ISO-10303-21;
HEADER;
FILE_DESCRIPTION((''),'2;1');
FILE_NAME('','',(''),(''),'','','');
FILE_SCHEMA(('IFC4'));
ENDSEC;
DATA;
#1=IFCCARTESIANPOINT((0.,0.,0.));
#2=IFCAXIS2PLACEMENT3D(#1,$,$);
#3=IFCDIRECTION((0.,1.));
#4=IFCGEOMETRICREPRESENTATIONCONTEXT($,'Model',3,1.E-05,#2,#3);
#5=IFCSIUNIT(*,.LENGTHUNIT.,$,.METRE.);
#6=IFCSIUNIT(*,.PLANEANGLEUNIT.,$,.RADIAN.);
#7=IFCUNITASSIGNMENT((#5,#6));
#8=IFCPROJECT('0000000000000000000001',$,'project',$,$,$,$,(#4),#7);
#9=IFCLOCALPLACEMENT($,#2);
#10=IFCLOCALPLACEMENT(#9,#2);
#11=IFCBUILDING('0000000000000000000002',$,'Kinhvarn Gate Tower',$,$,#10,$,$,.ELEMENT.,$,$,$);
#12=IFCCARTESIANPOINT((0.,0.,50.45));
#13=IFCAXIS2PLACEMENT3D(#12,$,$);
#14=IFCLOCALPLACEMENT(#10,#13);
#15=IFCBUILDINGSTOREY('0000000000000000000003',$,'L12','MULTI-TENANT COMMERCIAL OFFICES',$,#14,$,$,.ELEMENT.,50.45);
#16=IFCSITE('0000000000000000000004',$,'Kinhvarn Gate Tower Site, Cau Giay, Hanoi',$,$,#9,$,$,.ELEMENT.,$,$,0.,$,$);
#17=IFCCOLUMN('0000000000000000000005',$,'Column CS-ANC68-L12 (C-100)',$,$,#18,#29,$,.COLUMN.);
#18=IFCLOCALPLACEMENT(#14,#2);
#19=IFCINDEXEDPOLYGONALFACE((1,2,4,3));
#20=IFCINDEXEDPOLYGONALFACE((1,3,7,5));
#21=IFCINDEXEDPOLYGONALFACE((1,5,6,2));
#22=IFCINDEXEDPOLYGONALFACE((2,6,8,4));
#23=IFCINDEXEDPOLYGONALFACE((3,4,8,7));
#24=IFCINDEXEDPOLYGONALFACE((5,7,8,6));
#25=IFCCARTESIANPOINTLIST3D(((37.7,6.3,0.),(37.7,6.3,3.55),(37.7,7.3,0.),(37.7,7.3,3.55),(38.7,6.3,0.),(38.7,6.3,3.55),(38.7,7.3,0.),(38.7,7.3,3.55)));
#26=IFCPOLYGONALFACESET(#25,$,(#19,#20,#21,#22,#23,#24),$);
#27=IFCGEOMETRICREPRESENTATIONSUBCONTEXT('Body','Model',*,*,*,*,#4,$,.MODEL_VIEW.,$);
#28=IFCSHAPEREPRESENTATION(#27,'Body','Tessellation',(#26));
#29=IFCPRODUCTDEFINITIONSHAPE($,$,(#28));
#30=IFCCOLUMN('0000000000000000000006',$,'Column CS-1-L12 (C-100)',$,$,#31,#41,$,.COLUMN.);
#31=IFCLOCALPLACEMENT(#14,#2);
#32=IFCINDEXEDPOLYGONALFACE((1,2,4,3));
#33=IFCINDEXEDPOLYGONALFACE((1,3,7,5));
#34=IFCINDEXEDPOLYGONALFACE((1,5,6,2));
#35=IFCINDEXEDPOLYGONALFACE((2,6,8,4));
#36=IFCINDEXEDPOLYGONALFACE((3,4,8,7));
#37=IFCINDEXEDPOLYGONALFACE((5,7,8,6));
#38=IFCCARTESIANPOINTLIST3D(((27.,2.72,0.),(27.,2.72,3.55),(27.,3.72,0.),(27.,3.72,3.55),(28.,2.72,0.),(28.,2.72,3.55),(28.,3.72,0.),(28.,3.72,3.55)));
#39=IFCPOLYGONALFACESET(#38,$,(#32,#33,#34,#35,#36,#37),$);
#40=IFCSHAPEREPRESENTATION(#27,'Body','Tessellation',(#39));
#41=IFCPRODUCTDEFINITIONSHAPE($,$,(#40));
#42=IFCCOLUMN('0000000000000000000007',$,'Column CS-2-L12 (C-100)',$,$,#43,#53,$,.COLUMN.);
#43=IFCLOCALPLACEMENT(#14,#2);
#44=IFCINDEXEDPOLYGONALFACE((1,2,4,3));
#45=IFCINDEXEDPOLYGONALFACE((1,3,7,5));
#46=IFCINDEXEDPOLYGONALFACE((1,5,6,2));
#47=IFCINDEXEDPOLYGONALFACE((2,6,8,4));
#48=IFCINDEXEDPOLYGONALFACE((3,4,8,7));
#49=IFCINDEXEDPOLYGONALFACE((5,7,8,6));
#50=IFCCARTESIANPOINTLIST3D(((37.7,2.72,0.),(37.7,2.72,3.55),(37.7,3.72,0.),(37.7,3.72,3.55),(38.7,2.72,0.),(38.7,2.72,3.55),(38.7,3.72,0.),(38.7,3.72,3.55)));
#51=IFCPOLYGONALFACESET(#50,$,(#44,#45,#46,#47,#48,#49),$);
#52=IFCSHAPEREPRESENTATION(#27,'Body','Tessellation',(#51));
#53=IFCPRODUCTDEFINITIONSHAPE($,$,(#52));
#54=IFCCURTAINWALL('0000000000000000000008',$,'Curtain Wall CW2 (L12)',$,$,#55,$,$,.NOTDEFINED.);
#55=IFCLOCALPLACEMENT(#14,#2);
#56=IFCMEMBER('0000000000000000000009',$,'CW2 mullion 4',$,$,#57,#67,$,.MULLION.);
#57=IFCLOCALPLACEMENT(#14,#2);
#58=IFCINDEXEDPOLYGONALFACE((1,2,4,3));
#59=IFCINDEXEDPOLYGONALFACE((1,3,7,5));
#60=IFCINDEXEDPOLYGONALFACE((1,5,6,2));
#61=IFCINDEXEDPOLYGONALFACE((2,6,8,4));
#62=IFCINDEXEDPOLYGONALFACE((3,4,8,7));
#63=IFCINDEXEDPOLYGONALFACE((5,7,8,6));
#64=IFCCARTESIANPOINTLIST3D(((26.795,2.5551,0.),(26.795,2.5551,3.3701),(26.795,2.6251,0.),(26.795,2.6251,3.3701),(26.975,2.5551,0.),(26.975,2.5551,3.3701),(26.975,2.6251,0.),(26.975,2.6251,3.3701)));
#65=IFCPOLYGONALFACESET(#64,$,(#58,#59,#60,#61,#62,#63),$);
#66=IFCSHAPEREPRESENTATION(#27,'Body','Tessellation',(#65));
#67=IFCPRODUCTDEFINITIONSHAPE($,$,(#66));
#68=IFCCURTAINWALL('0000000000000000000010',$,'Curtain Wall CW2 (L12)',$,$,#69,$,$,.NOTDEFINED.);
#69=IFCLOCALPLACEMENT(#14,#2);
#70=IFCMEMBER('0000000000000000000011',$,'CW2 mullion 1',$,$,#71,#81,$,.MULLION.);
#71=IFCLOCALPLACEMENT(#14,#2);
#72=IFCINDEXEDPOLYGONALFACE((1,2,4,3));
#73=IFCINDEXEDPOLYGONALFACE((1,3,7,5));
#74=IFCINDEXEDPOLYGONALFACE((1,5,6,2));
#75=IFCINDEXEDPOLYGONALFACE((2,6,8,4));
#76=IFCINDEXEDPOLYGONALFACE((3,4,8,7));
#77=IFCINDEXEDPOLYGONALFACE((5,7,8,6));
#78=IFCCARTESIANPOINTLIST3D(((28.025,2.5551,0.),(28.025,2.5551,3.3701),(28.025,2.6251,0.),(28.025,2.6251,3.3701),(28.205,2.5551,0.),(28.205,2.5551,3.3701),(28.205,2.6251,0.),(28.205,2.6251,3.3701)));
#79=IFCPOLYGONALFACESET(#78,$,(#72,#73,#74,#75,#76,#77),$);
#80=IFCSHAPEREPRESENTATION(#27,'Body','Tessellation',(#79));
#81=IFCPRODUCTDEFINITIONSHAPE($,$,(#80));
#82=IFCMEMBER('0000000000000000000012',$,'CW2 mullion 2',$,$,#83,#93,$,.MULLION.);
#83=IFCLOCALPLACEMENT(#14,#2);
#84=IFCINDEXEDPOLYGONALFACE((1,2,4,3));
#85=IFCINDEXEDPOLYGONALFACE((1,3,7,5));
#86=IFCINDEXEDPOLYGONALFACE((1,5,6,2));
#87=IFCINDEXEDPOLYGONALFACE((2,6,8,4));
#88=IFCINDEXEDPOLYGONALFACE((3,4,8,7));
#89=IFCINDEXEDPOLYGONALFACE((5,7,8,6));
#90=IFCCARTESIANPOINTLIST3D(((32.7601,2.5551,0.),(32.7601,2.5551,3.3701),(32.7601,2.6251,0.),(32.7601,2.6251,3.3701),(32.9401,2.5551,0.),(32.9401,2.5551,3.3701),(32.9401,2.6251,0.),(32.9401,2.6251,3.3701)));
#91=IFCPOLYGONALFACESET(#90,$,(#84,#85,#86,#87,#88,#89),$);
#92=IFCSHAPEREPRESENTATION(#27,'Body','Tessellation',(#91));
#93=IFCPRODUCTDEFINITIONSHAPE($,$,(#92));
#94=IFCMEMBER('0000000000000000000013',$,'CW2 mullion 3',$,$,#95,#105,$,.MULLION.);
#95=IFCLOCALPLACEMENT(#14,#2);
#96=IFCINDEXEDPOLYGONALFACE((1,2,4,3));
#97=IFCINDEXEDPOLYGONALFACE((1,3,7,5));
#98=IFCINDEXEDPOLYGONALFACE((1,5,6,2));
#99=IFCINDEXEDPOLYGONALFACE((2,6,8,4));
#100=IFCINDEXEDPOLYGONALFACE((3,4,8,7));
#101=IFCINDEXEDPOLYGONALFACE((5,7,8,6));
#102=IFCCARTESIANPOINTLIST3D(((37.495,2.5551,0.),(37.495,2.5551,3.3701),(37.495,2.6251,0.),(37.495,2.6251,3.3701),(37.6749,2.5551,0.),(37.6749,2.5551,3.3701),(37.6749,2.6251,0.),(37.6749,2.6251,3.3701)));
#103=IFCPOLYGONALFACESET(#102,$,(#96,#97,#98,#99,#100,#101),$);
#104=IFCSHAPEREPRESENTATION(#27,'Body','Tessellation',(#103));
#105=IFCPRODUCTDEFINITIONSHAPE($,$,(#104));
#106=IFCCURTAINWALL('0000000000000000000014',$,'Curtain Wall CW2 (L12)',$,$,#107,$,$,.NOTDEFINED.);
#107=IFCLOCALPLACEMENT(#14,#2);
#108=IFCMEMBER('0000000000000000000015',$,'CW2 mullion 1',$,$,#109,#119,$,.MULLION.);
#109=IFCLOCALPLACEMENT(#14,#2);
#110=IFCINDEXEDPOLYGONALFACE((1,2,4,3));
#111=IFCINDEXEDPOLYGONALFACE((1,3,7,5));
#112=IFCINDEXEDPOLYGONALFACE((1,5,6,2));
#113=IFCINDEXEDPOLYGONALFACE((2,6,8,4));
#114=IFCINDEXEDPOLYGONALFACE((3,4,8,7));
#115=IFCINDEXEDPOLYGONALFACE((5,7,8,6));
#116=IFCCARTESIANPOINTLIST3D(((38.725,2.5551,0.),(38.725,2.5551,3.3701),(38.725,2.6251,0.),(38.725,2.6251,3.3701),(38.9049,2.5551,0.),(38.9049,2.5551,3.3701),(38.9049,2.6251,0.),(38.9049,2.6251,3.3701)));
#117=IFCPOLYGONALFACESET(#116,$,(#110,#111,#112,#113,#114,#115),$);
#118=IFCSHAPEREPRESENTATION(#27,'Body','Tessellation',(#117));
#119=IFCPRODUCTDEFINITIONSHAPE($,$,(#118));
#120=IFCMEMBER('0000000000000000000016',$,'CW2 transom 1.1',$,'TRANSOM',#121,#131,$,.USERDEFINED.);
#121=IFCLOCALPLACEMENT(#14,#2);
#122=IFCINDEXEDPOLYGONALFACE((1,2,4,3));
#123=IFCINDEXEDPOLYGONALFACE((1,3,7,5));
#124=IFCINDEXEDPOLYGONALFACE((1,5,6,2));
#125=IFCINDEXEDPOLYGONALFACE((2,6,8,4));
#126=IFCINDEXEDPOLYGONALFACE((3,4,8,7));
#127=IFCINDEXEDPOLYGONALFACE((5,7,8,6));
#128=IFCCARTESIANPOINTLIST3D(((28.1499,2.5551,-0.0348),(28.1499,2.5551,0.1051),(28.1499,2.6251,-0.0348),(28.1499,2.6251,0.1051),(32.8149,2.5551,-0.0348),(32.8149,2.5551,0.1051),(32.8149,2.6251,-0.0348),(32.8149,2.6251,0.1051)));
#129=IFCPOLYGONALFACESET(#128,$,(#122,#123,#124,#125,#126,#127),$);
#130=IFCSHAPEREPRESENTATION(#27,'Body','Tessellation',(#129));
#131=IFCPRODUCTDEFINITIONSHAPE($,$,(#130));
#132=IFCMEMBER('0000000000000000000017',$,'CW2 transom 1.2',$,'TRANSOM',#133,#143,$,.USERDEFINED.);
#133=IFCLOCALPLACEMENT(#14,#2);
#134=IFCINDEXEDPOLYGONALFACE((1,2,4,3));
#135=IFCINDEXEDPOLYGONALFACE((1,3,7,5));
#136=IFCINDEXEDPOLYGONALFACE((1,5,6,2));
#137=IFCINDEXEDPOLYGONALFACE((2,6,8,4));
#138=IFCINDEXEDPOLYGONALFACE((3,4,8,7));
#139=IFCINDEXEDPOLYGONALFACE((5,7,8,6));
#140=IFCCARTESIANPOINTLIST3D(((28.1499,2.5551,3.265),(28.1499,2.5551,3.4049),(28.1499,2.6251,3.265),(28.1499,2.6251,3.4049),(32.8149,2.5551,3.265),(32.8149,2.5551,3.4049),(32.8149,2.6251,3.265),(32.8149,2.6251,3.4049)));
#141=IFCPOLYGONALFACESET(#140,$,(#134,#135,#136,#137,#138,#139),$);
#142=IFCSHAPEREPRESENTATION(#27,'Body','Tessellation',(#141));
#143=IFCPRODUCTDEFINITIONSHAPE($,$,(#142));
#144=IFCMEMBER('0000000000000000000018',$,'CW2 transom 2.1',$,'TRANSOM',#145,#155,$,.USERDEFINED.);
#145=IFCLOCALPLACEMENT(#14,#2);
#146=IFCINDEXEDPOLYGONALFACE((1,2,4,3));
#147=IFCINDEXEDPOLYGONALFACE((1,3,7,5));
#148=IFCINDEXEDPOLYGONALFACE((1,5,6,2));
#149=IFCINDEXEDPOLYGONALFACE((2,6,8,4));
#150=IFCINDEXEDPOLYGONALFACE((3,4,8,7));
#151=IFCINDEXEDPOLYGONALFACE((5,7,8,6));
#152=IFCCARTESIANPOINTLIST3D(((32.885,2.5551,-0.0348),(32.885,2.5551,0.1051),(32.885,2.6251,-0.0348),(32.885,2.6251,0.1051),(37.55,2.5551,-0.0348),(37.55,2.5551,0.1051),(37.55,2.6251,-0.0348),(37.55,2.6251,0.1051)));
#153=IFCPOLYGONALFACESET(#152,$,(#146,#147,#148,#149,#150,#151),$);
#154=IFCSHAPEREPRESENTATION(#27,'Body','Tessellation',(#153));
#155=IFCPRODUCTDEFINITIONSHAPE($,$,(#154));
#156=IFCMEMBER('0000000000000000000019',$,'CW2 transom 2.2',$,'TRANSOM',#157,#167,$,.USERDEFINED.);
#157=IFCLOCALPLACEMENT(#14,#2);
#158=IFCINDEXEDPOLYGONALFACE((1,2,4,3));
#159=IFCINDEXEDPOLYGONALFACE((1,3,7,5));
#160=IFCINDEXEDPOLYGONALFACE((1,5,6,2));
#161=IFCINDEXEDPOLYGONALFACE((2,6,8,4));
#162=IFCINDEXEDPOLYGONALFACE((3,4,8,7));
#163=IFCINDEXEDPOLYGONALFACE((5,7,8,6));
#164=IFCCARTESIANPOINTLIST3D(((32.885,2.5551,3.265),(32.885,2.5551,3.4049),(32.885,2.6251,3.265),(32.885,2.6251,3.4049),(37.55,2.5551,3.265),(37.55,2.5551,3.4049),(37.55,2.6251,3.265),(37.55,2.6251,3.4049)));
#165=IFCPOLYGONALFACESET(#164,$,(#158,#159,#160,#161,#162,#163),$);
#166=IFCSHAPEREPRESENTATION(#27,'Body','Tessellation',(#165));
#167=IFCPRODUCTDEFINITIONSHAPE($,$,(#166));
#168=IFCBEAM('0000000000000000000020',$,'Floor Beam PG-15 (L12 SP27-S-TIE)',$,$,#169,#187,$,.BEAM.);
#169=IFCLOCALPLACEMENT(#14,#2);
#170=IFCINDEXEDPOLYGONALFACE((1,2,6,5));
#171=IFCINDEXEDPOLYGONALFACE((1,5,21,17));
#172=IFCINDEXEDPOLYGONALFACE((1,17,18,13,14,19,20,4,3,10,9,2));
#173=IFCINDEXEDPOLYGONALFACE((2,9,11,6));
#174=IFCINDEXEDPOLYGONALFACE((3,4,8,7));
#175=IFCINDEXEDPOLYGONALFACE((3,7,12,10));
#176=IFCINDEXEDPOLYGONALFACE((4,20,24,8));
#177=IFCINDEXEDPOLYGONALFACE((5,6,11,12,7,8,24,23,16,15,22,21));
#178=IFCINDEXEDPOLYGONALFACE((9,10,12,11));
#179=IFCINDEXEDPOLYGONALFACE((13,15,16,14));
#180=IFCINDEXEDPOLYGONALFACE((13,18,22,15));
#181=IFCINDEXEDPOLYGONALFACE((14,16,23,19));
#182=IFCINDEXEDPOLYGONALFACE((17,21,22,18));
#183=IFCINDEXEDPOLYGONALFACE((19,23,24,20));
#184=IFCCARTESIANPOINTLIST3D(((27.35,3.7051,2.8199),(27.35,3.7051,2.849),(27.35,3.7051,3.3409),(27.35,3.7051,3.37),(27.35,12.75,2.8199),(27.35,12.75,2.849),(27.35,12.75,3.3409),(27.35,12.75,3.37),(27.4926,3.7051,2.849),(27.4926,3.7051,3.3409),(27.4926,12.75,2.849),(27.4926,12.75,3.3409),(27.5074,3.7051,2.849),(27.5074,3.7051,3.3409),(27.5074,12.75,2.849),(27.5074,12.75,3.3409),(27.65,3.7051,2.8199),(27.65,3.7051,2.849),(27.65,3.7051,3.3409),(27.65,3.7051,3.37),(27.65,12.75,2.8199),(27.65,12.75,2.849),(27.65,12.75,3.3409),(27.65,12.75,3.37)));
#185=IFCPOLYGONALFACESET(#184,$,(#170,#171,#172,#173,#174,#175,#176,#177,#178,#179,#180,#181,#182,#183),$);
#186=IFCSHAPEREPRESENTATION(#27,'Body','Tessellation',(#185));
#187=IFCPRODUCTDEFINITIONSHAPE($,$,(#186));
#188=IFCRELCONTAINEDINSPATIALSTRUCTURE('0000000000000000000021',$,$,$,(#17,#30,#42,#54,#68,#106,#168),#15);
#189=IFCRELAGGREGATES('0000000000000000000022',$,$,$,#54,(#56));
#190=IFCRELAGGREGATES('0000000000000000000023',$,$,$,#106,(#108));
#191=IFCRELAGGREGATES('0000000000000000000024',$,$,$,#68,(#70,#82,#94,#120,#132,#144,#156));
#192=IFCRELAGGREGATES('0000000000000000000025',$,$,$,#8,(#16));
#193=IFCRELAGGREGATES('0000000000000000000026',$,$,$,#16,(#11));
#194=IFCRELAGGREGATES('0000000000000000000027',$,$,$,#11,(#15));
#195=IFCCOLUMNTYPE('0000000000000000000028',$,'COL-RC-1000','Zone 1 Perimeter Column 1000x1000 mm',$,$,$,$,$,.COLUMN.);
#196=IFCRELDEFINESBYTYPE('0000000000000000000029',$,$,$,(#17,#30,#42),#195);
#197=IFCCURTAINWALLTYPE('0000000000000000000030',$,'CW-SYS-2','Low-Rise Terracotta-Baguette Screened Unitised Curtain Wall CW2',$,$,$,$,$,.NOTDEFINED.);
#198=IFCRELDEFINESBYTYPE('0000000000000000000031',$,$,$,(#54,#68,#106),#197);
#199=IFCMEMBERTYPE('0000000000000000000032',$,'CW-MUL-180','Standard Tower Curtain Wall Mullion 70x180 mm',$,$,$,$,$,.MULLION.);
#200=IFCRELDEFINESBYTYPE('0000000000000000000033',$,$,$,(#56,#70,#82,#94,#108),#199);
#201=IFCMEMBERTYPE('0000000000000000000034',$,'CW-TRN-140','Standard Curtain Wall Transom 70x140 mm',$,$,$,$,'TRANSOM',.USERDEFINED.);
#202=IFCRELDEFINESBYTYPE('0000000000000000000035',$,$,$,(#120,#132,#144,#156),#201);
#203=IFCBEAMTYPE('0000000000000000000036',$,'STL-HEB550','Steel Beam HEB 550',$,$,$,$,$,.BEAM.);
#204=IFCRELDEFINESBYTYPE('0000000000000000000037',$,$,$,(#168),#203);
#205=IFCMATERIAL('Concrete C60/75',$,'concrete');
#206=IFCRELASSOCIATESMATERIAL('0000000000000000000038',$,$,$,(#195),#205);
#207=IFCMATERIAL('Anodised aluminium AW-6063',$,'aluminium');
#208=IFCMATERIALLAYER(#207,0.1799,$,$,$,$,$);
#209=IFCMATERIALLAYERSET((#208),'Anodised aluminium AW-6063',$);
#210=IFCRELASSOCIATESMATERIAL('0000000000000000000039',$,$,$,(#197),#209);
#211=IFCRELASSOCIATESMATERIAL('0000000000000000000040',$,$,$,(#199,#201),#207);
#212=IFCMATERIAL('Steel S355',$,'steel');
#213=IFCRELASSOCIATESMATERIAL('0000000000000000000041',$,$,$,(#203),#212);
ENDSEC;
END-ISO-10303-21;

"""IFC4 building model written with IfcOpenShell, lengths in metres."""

from ifc_helpers import new_model, si_unit, direction, frame, origin, origin_2d, place, context, subcontext, project, spatial, rectangle, i_section, extrude, material, layer, layer_set, material_profile, profile_set, type_object, element, aggregate, save


model = new_model("IFC4")

# Units and contexts
model_context = context("Model", 3, precision=1e-05, world=origin(), true_north=direction((0.0, 1.0)))
body_context = subcontext(model_context, "Body", "Model", "MODEL_VIEW")
ifc_project = project(units=[si_unit("LENGTHUNIT", "METRE"), si_unit("PLANEANGLEUNIT", "RADIAN")], contexts=[model_context])

# Site, building, storey
site_placement = place(None, origin())
site = spatial("IfcSite", under=ifc_project, at=site_placement, Name="Kinhvarn Gate Tower Site, Cau Giay, Hanoi", CompositionType="ELEMENT", RefElevation=0.0)
building_placement = place(site_placement, origin())
building = spatial("IfcBuilding", under=site, at=building_placement, Name="Kinhvarn Gate Tower", CompositionType="ELEMENT")
storey_placement = place(building_placement, frame((0.0, 0.0, 50.45)))
storey = spatial("IfcBuildingStorey", under=building, at=storey_placement, Name="L12", Description="MULTI-TENANT COMMERCIAL OFFICES", CompositionType="ELEMENT", Elevation=50.45)

# Columns
ifc_material_1 = material(Name="Concrete C60/75", Category="concrete")
ifc_material_profile_1 = material_profile(ifc_material_1, rectangle(XDim=1.0, YDim=1.0, at=origin_2d()), Name="RC 1000x1000")
ifc_profile_set_1 = profile_set([ifc_material_profile_1], Name="Concrete C60/75")
column_type = type_object("IfcColumnType", Name="COL-RC-1000", Description="Zone 1 Perimeter Column 1000x1000 mm", PredefinedType="COLUMN", material=ifc_profile_set_1)
for number, where, z_axis, x_axis, name in (
    (1, (38.2, 6.8, 0.0), (0.0, 0.0, 1.0), (1.0, 0.0, 0.0), "Column CS-ANC68-L12 (C-100)"),
    (2, (27.5, 3.22, 0.0), (0.0, 0.0, 1.0), (1.0, 0.0, 0.0), "Column CS-1-L12 (C-100)"),
    (3, (38.2, 3.22, 0.0), (0.0, 0.0, 1.0), (1.0, 0.0, 0.0), "Column CS-2-L12 (C-100)"),
):
    element("IfcColumn", number, at=place(storey_placement, frame(where, z_axis=z_axis, x_axis=x_axis)), inside=storey, type_object=column_type, Name=name, PredefinedType="COLUMN", context=body_context, shape_type="SweptSolid", body=[
        extrude(rectangle(XDim=1.0, YDim=1.0, at=origin_2d()), origin(), (0.0, 0.0, 1.0), 3.55),
    ])

# Curtain wall, member
ifc_material_2 = material(Name="Anodised aluminium AW-6063", Category="aluminium")
ifc_layer_1 = layer(ifc_material_2, 0.1799)
ifc_layer_set_1 = layer_set([ifc_layer_1], Name="Anodised aluminium AW-6063")
curtain_wall_type = type_object("IfcCurtainWallType", Name="CW-SYS-2", Description="Low-Rise Terracotta-Baguette Screened Unitised Curtain Wall CW2", PredefinedType="NOTDEFINED", material=ifc_layer_set_1)
curtain_wall_1_placement = place(storey_placement, origin())
curtain_wall_1 = element("IfcCurtainWall", 4, at=curtain_wall_1_placement, inside=storey, type_object=curtain_wall_type, Name="Curtain Wall CW2 (L12)", PredefinedType="NOTDEFINED")
ifc_material_profile_2 = material_profile(ifc_material_2, rectangle(XDim=0.0701, YDim=0.1799, at=origin_2d()), Name="ALU 70x180")
ifc_profile_set_2 = profile_set([ifc_material_profile_2], Name="Anodised aluminium AW-6063")
member_type_1 = type_object("IfcMemberType", Name="CW-MUL-180", Description="Standard Tower Curtain Wall Mullion 70x180 mm", PredefinedType="MULLION", material=ifc_profile_set_2)
member_1_placement = place(storey_placement, frame((26.885, 2.5901, 0.0), z_axis=(0.0, 0.0, 1.0), x_axis=(0.0, 1.0, 0.0)))
member_1 = element("IfcMember", 5, at=member_1_placement, type_object=member_type_1, Name="CW2 mullion 4", PredefinedType="MULLION", context=body_context, shape_type="SweptSolid", body=[
    extrude(rectangle(XDim=0.0701, YDim=0.1799, at=origin_2d()), origin(), (0.0, 0.0, 1.0), 3.3701),
])
aggregate(curtain_wall_1, [member_1])

# Curtain wall, members
curtain_wall_2_placement = place(storey_placement, origin())
curtain_wall_2 = element("IfcCurtainWall", 6, at=curtain_wall_2_placement, inside=storey, type_object=curtain_wall_type, Name="Curtain Wall CW2 (L12)", PredefinedType="NOTDEFINED")
member_2_placement = place(storey_placement, frame((28.115, 2.5901, 0.0), z_axis=(0.0, 0.0, 1.0), x_axis=(0.0, 1.0, 0.0)))
member_2 = element("IfcMember", 7, at=member_2_placement, type_object=member_type_1, Name="CW2 mullion 1", PredefinedType="MULLION", context=body_context, shape_type="SweptSolid", body=[
    extrude(rectangle(XDim=0.0701, YDim=0.1799, at=origin_2d()), origin(), (0.0, 0.0, 1.0), 3.3701),
])
member_3_placement = place(storey_placement, frame((32.8501, 2.5901, 0.0), z_axis=(0.0, 0.0, 1.0), x_axis=(0.0, 1.0, 0.0)))
member_3 = element("IfcMember", 8, at=member_3_placement, type_object=member_type_1, Name="CW2 mullion 2", PredefinedType="MULLION", context=body_context, shape_type="SweptSolid", body=[
    extrude(rectangle(XDim=0.0701, YDim=0.1799, at=origin_2d()), origin(), (0.0, 0.0, 1.0), 3.3701),
])
member_4_placement = place(storey_placement, frame((37.585, 2.5901, 0.0), z_axis=(0.0, 0.0, 1.0), x_axis=(0.0, 1.0, 0.0)))
member_4 = element("IfcMember", 9, at=member_4_placement, type_object=member_type_1, Name="CW2 mullion 3", PredefinedType="MULLION", context=body_context, shape_type="SweptSolid", body=[
    extrude(rectangle(XDim=0.0701, YDim=0.1799, at=origin_2d()), origin(), (0.0, 0.0, 1.0), 3.3701),
])

# Curtain wall, member
curtain_wall_3_placement = place(storey_placement, origin())
curtain_wall_3 = element("IfcCurtainWall", 10, at=curtain_wall_3_placement, inside=storey, type_object=curtain_wall_type, Name="Curtain Wall CW2 (L12)", PredefinedType="NOTDEFINED")
member_5_placement = place(storey_placement, frame((38.8149, 2.5901, 0.0), z_axis=(0.0, 0.0, 1.0), x_axis=(0.0, 1.0, 0.0)))
member_5 = element("IfcMember", 11, at=member_5_placement, type_object=member_type_1, Name="CW2 mullion 1", PredefinedType="MULLION", context=body_context, shape_type="SweptSolid", body=[
    extrude(rectangle(XDim=0.0701, YDim=0.1799, at=origin_2d()), origin(), (0.0, 0.0, 1.0), 3.3701),
])
aggregate(curtain_wall_3, [member_5])

# Members
ifc_material_profile_3 = material_profile(ifc_material_2, rectangle(XDim=0.0701, YDim=0.1399, at=origin_2d()), Name="ALU 70x140")
ifc_profile_set_3 = profile_set([ifc_material_profile_3], Name="Anodised aluminium AW-6063")
member_type_2 = type_object("IfcMemberType", Name="CW-TRN-140", Description="Standard Curtain Wall Transom 70x140 mm", ElementType="TRANSOM", PredefinedType="USERDEFINED", material=ifc_profile_set_3)
member_6_placement = place(storey_placement, frame((28.1499, 2.5901, 0.0352), z_axis=(1.0, 0.0, 0.0), x_axis=(0.0, 1.0, 0.0)))
member_6 = element("IfcMember", 12, at=member_6_placement, type_object=member_type_2, Name="CW2 transom 1.1", ObjectType="TRANSOM", PredefinedType="USERDEFINED", context=body_context, shape_type="SweptSolid", body=[
    extrude(rectangle(XDim=0.0701, YDim=0.1399, at=origin_2d()), origin(), (0.0, 0.0, 1.0), 4.665),
])
member_7_placement = place(storey_placement, frame((28.1499, 2.5901, 3.335), z_axis=(1.0, 0.0, 0.0), x_axis=(0.0, 1.0, 0.0)))
member_7 = element("IfcMember", 13, at=member_7_placement, type_object=member_type_2, Name="CW2 transom 1.2", ObjectType="TRANSOM", PredefinedType="USERDEFINED", context=body_context, shape_type="SweptSolid", body=[
    extrude(rectangle(XDim=0.0701, YDim=0.1399, at=origin_2d()), origin(), (0.0, 0.0, 1.0), 4.665),
])
member_8_placement = place(storey_placement, frame((32.885, 2.5901, 0.0352), z_axis=(1.0, 0.0, 0.0), x_axis=(0.0, 1.0, 0.0)))
member_8 = element("IfcMember", 14, at=member_8_placement, type_object=member_type_2, Name="CW2 transom 2.1", ObjectType="TRANSOM", PredefinedType="USERDEFINED", context=body_context, shape_type="SweptSolid", body=[
    extrude(rectangle(XDim=0.0701, YDim=0.1399, at=origin_2d()), origin(), (0.0, 0.0, 1.0), 4.665),
])
member_9_placement = place(storey_placement, frame((32.885, 2.5901, 3.335), z_axis=(1.0, 0.0, 0.0), x_axis=(0.0, 1.0, 0.0)))
member_9 = element("IfcMember", 15, at=member_9_placement, type_object=member_type_2, Name="CW2 transom 2.2", ObjectType="TRANSOM", PredefinedType="USERDEFINED", context=body_context, shape_type="SweptSolid", body=[
    extrude(rectangle(XDim=0.0701, YDim=0.1399, at=origin_2d()), origin(), (0.0, 0.0, 1.0), 4.665),
])

# Beam
ifc_material_3 = material(Name="Steel S355", Category="steel")
ifc_material_profile_4 = material_profile(ifc_material_3, i_section(OverallWidth=0.3, OverallDepth=0.55, WebThickness=0.0149, FlangeThickness=0.0291, at=origin_2d()), Name="HEB 550")
ifc_profile_set_4 = profile_set([ifc_material_profile_4], Name="Steel S355")
beam_type_1 = type_object("IfcBeamType", Name="STL-HEB550", Description="Steel Beam HEB 550", PredefinedType="BEAM", material=ifc_profile_set_4)
beam_1_placement = place(storey_placement, frame((27.5, 3.7051, 3.095), z_axis=(0.0, 1.0, 0.0), x_axis=(-1.0, 0.0, 0.0)))
element("IfcBeam", 16, at=beam_1_placement, inside=storey, type_object=beam_type_1, Name="Floor Beam PG-15 (L12 SP27-S-TIE)", PredefinedType="BEAM", context=body_context, shape_type="SweptSolid", body=[
    extrude(i_section(OverallWidth=0.3, OverallDepth=0.55, WebThickness=0.0149, FlangeThickness=0.0291, at=origin_2d()), origin(), (0.0, 0.0, 1.0), 9.0449),
])

aggregate(curtain_wall_2, [member_2, member_3, member_4, member_6, member_7, member_8, member_9])

save(model, "model.ifc")
